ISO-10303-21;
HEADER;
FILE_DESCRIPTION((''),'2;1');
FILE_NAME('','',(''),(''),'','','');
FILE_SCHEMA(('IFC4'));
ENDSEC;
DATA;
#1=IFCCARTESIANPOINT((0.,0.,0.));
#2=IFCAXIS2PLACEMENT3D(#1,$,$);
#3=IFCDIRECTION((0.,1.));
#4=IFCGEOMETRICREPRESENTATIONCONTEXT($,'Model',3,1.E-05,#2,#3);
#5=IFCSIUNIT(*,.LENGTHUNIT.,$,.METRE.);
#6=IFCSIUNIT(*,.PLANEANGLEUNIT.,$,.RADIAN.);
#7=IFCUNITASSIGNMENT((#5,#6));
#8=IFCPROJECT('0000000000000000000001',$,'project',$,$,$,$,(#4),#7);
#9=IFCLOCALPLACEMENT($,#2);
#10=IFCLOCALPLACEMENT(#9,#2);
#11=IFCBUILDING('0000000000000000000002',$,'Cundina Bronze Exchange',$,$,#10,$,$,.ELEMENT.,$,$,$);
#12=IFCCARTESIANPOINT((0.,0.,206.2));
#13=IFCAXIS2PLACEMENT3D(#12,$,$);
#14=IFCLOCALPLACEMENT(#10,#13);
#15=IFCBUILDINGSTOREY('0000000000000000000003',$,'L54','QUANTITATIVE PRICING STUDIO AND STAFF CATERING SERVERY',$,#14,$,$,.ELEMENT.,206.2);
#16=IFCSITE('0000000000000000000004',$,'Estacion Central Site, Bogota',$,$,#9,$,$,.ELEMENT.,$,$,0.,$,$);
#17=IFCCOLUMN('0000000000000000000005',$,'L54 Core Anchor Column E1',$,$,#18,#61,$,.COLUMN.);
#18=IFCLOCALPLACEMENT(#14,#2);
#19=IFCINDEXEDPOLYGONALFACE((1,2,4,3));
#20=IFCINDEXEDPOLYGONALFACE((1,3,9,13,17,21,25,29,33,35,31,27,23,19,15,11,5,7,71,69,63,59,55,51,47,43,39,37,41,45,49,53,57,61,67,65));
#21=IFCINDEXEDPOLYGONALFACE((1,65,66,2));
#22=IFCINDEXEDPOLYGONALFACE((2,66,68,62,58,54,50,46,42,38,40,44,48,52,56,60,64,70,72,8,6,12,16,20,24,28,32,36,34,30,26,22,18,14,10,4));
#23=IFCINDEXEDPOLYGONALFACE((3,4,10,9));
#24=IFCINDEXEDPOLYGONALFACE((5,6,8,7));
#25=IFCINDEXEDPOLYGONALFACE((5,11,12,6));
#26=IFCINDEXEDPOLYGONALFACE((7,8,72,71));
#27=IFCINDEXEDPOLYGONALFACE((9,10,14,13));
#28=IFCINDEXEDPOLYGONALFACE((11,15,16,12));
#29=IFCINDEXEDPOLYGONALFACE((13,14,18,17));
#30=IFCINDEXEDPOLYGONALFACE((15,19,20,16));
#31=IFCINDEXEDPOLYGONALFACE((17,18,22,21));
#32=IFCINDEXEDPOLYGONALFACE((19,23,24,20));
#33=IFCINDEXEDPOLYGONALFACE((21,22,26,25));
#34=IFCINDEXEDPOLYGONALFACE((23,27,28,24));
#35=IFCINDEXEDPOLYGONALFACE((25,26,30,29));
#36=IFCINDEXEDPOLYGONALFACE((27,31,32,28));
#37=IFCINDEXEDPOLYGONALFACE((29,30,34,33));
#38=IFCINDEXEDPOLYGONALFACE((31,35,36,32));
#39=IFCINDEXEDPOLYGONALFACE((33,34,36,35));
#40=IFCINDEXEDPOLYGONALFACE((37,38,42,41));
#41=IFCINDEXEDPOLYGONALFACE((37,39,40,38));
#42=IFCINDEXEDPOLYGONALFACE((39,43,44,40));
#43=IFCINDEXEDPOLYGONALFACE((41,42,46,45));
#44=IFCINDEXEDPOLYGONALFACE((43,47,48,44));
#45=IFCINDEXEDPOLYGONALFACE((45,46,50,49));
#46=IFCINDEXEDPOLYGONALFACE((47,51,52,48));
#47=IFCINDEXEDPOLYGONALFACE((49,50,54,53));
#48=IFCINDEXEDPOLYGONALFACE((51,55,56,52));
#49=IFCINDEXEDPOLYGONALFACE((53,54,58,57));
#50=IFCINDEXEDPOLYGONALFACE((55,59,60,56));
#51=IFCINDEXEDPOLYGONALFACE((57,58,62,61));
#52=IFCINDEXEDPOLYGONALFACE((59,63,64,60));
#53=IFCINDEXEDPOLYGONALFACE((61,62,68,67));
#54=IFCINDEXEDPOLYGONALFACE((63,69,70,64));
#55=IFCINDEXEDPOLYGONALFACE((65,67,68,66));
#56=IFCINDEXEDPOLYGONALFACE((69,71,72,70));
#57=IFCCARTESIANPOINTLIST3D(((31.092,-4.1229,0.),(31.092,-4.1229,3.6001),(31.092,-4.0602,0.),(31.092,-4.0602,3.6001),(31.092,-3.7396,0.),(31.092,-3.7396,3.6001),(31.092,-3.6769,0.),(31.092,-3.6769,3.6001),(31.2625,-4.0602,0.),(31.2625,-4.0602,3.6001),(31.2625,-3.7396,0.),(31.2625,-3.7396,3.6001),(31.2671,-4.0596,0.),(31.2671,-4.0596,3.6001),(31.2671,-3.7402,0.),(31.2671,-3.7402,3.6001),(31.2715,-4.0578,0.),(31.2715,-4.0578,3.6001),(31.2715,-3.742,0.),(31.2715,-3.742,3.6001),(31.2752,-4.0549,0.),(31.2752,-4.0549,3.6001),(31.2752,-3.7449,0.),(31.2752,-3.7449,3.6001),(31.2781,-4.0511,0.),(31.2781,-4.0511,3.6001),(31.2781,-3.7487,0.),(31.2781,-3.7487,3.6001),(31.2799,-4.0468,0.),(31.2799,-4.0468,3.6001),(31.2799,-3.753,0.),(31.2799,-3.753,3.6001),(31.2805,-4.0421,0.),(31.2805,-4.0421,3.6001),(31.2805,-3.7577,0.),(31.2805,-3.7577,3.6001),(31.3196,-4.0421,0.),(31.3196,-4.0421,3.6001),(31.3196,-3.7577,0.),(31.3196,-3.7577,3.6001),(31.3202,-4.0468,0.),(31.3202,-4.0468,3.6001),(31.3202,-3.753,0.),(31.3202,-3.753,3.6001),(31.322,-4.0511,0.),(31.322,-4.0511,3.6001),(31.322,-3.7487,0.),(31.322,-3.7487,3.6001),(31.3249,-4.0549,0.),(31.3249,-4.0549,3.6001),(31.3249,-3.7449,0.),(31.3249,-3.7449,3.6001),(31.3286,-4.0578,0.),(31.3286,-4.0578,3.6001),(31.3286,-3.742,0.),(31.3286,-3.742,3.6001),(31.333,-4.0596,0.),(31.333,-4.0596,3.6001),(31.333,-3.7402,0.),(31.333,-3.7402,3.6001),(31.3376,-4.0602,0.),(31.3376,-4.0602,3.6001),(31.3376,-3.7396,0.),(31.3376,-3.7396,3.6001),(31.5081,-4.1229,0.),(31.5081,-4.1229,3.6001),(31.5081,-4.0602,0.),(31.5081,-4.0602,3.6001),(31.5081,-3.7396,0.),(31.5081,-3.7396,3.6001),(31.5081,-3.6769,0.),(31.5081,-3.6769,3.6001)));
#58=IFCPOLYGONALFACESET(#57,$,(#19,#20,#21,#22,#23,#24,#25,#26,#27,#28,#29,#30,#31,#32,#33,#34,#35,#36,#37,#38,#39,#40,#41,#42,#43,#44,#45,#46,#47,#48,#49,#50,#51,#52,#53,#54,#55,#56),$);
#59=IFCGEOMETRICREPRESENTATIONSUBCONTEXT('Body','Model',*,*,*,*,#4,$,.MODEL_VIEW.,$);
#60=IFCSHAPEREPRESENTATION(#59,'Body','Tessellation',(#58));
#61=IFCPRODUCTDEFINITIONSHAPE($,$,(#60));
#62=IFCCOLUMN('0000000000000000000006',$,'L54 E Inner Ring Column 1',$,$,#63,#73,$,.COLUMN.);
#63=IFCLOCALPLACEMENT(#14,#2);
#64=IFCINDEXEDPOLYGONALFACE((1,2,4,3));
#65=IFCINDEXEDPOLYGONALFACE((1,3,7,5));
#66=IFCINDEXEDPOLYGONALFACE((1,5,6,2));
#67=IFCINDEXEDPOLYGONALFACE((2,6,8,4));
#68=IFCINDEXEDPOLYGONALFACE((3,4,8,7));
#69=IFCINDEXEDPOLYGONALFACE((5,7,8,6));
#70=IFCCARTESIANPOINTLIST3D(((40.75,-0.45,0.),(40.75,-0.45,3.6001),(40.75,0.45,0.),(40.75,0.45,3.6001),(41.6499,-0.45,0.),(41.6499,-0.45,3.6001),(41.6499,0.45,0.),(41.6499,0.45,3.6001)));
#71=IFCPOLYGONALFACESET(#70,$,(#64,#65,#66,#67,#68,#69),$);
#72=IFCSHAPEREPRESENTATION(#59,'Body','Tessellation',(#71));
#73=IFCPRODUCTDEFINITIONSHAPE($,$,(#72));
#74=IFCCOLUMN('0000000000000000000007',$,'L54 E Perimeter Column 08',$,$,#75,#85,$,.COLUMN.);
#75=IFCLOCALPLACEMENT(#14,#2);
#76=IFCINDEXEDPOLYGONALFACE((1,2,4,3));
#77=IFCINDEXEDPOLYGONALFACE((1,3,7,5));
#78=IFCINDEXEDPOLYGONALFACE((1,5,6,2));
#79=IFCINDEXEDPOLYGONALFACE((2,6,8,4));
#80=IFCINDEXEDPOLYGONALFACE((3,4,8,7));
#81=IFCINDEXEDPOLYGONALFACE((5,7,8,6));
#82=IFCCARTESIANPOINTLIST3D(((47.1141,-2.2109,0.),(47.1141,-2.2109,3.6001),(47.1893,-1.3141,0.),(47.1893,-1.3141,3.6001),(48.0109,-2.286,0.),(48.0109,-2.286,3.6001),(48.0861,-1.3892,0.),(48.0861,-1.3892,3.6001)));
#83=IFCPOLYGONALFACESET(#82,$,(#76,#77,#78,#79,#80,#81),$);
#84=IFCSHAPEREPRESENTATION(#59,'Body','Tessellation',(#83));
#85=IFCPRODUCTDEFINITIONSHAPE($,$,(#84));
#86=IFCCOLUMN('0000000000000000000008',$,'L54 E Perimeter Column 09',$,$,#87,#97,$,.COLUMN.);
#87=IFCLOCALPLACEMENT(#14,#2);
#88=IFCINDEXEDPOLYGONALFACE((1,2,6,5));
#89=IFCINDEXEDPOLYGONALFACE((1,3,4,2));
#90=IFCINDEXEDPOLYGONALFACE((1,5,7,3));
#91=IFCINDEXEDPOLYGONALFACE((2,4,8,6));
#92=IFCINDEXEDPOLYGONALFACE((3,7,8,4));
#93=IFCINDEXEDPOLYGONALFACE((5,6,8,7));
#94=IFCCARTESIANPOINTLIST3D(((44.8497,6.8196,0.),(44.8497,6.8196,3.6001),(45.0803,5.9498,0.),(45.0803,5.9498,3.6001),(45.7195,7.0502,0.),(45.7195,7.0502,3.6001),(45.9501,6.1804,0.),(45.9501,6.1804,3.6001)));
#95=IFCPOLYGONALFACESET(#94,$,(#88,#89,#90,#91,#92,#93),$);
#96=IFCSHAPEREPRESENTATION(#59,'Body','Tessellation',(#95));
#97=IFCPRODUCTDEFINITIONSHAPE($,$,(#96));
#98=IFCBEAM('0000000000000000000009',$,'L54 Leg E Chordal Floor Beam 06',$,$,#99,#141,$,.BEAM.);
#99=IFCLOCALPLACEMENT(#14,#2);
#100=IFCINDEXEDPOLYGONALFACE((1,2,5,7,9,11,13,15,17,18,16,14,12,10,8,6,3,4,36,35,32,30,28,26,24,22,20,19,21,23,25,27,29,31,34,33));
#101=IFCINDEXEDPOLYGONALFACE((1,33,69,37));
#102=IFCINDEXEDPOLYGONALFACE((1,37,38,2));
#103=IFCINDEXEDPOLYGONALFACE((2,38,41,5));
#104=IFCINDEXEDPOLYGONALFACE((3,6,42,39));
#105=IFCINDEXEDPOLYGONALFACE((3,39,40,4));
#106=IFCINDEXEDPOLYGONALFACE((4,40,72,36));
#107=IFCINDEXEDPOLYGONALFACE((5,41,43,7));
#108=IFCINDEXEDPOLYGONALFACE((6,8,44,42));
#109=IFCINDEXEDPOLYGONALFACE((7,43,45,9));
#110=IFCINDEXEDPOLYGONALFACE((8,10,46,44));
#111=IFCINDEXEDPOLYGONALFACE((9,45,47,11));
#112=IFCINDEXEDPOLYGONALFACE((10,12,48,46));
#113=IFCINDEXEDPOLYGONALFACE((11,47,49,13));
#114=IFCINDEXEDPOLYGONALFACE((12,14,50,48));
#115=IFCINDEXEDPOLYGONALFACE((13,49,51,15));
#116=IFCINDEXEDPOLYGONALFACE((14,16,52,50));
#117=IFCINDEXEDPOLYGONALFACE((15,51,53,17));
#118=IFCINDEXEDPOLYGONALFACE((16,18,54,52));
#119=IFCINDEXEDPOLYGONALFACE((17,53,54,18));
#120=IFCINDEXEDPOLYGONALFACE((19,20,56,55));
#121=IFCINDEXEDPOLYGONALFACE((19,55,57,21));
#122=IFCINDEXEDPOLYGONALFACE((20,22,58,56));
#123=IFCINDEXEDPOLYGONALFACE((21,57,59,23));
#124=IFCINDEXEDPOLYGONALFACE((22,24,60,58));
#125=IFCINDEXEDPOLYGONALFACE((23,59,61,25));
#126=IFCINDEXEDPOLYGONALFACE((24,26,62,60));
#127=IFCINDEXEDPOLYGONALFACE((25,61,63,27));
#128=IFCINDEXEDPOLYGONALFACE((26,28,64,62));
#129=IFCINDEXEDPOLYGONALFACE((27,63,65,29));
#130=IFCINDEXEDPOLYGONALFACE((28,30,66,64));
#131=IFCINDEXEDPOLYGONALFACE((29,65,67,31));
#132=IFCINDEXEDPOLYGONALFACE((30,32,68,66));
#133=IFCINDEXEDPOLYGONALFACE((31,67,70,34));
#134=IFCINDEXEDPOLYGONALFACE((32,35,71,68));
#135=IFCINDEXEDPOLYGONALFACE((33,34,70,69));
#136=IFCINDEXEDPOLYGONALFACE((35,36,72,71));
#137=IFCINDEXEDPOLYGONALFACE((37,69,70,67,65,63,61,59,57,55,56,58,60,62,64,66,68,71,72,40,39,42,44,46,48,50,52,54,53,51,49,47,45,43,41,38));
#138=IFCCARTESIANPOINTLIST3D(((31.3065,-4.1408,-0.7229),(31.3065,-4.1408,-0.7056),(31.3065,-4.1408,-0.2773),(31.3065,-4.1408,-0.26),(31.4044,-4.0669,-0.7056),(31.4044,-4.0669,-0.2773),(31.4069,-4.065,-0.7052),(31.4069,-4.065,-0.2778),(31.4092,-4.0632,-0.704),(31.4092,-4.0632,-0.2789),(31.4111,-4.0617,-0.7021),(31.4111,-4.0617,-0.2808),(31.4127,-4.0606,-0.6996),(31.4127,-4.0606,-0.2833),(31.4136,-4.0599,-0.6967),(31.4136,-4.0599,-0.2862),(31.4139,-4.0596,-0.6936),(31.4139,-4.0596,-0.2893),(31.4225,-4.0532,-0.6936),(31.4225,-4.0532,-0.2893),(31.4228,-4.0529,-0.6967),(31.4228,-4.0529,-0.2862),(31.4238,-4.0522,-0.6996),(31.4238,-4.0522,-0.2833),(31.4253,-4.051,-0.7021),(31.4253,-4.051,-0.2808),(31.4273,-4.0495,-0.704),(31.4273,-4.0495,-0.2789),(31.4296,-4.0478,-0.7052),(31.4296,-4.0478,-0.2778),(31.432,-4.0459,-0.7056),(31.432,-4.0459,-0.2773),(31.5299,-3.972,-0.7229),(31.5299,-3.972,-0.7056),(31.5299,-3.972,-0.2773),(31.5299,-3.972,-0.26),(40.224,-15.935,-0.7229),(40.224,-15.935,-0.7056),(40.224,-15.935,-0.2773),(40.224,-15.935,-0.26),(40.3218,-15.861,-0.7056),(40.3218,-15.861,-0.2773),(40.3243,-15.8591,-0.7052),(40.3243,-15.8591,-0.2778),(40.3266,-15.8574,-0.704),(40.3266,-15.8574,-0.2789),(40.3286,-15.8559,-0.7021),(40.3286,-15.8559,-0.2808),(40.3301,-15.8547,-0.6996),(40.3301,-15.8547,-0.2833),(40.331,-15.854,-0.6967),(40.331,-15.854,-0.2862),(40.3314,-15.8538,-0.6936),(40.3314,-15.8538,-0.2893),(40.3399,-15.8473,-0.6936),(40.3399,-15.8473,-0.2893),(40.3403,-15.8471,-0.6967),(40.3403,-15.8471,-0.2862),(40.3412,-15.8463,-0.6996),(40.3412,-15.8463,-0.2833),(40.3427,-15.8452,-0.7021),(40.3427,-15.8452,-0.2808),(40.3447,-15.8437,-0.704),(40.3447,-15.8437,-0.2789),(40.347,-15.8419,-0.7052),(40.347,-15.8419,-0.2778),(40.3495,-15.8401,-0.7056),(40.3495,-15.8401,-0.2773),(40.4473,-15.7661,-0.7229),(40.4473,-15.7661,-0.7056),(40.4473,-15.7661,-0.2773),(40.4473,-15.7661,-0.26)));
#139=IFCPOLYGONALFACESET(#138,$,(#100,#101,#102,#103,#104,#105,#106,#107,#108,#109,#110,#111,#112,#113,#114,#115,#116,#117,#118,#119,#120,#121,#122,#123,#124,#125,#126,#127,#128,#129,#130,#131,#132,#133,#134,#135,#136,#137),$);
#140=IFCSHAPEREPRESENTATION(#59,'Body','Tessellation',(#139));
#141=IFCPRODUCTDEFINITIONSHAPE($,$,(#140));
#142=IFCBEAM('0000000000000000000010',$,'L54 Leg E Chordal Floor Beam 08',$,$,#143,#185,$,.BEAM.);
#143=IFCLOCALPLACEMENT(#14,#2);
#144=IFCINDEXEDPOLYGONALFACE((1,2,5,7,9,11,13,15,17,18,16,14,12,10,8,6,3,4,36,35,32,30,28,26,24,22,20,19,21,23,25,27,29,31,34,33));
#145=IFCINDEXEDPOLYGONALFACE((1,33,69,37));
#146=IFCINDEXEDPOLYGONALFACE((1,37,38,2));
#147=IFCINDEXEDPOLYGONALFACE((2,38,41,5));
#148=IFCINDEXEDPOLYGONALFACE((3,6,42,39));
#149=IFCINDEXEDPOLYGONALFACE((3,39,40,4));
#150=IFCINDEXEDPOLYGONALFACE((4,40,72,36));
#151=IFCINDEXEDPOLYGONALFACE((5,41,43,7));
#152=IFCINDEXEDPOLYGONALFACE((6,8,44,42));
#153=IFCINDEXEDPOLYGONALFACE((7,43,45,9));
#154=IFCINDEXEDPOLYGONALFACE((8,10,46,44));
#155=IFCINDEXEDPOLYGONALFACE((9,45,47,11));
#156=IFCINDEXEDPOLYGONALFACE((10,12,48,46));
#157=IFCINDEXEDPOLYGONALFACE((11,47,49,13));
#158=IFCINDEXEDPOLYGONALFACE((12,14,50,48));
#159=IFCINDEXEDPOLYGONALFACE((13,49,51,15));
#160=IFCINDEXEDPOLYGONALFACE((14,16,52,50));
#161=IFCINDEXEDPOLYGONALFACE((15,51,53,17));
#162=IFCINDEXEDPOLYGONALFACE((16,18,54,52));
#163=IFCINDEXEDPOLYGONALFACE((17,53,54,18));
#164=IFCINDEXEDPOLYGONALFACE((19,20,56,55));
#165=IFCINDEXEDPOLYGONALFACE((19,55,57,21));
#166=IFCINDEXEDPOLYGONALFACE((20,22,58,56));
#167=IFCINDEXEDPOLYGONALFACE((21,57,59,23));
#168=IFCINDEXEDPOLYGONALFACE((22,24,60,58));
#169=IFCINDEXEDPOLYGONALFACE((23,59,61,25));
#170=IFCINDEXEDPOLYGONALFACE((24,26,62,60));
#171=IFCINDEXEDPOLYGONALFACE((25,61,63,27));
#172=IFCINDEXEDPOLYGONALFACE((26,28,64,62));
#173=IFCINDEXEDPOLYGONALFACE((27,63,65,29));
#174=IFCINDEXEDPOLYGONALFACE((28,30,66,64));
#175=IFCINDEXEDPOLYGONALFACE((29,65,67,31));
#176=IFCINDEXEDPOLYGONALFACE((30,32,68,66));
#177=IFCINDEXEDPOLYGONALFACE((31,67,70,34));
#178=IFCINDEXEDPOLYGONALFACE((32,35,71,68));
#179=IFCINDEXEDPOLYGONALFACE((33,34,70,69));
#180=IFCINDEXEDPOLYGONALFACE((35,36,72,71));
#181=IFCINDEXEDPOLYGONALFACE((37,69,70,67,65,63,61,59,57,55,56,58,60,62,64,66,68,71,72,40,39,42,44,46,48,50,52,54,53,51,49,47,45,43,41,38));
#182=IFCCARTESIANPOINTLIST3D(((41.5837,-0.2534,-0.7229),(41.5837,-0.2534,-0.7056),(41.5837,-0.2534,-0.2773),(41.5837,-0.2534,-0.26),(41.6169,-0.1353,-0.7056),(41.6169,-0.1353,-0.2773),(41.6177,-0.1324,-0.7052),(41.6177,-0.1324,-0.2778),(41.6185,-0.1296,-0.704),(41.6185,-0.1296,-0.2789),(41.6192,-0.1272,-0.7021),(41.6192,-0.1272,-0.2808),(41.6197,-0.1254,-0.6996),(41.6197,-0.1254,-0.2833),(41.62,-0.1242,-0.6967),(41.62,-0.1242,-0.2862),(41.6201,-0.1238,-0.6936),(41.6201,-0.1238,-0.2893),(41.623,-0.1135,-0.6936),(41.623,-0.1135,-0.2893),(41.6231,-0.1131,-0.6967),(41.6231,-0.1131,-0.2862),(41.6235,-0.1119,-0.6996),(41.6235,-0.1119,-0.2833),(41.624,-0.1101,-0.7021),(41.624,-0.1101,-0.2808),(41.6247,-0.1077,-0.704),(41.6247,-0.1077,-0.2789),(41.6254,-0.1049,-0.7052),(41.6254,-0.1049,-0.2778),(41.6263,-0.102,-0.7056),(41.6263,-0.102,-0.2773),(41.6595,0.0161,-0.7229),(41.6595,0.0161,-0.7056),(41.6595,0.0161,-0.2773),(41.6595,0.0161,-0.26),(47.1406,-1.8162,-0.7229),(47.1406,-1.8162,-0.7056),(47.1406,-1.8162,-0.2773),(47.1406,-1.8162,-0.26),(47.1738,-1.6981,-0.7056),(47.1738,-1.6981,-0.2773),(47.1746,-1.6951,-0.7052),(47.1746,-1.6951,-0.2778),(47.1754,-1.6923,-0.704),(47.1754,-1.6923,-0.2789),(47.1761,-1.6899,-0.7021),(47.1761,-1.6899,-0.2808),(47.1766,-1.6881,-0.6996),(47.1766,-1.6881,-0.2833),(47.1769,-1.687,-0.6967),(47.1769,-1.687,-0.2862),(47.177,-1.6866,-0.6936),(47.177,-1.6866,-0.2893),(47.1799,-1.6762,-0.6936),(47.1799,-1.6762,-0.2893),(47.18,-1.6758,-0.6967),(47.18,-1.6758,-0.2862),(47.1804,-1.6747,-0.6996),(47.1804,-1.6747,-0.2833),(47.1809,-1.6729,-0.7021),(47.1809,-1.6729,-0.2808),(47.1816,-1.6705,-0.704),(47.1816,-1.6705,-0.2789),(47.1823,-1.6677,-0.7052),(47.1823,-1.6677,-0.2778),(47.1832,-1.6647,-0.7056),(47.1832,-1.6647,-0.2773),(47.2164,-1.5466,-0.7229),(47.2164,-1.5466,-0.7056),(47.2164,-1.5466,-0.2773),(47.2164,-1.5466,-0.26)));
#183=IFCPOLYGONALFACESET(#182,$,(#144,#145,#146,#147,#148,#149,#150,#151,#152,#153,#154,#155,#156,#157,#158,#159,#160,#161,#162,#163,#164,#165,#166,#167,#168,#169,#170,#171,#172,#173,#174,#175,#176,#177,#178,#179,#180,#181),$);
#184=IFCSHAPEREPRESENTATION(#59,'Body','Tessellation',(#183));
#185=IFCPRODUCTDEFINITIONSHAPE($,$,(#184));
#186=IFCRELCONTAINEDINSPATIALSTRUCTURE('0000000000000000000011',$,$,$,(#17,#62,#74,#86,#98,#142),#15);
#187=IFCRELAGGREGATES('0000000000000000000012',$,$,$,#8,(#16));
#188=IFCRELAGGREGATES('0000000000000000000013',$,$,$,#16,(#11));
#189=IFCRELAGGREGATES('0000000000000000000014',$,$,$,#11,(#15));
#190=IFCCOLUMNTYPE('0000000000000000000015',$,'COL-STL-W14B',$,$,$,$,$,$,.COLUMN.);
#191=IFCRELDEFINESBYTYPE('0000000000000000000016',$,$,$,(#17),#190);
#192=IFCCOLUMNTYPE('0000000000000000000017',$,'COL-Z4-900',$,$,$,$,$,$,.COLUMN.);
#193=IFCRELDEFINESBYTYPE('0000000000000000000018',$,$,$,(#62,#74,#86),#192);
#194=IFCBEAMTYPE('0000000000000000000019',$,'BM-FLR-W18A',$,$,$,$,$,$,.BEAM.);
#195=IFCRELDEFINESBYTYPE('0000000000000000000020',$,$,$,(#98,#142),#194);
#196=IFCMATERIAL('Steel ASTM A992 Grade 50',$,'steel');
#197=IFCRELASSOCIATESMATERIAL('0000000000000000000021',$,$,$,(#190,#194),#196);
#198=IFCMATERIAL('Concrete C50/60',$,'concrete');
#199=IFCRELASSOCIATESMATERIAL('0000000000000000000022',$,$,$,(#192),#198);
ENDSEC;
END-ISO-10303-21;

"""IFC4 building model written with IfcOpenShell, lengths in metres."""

from ifc_helpers import new_model, si_unit, direction, frame, origin, origin_2d, place, context, subcontext, project, spatial, rectangle, i_section, extrude, material, material_profile, profile_set, type_object, element, save


model = new_model("IFC4")

# Units and contexts
model_context = context("Model", 3, precision=1e-05, world=origin(), true_north=direction((0.0, 1.0)))
body_context = subcontext(model_context, "Body", "Model", "MODEL_VIEW")
ifc_project = project(units=[si_unit("LENGTHUNIT", "METRE"), si_unit("PLANEANGLEUNIT", "RADIAN")], contexts=[model_context])

# Site, building, storey
site_placement = place(None, origin())
site = spatial("IfcSite", under=ifc_project, at=site_placement, Name="Estacion Central Site, Bogota", CompositionType="ELEMENT", RefElevation=0.0)
building_placement = place(site_placement, origin())
building = spatial("IfcBuilding", under=site, at=building_placement, Name="Cundina Bronze Exchange", CompositionType="ELEMENT")
storey_placement = place(building_placement, frame((0.0, 0.0, 206.2)))
storey = spatial("IfcBuildingStorey", under=building, at=storey_placement, Name="L54", Description="QUANTITATIVE PRICING STUDIO AND STAFF CATERING SERVERY", CompositionType="ELEMENT", Elevation=206.2)

# Columns
ifc_material_1 = material(Name="Steel ASTM A992 Grade 50", Category="steel")
ifc_material_profile_1 = material_profile(ifc_material_1, i_section(OverallWidth=0.416, OverallDepth=0.446, WebThickness=0.0391, FlangeThickness=0.0627, FilletRadius=0.0181, at=origin_2d()), Name="W14X342", Category="steel")
ifc_profile_set_1 = profile_set([ifc_material_profile_1], Name="Steel ASTM A992 Grade 50")
column_type_1 = type_object("IfcColumnType", Name="COL-STL-W14B", PredefinedType="COLUMN", material=ifc_profile_set_1)
column_placement = place(storey_placement, frame((31.3, -3.8999, 0.0), z_axis=(0.0, 0.0, 1.0), x_axis=(1.0, 0.0, 0.0)))
element("IfcColumn", 1, at=column_placement, inside=storey, type_object=column_type_1, Name="L54 Core Anchor Column E1", PredefinedType="COLUMN", context=body_context, shape_type="SweptSolid", body=[
    extrude(i_section(OverallWidth=0.416, OverallDepth=0.446, WebThickness=0.0391, FlangeThickness=0.0627, FilletRadius=0.0181, at=origin_2d()), origin(), (0.0, 0.0, 1.0), 3.6001),
])
ifc_material_2 = material(Name="Concrete C50/60", Category="concrete")
ifc_material_profile_2 = material_profile(ifc_material_2, rectangle(XDim=0.8999, YDim=0.8999, at=origin_2d()), Name="RC900X900", Category="concrete")
ifc_profile_set_2 = profile_set([ifc_material_profile_2], Name="Concrete C50/60")
column_type_2 = type_object("IfcColumnType", Name="COL-Z4-900", PredefinedType="COLUMN", material=ifc_profile_set_2)
for number, where, z_axis, x_axis, name in (
    (2, (41.2, 0.0, 0.0), (0.0, 0.0, 1.0), (1.0, 0.0, 0.0), "L54 E Inner Ring Column 1"),
    (3, (47.6001, -1.8, 0.0), (0.0, 0.0, 1.0), (0.083504, 0.996507, 0.0), "L54 E Perimeter Column 08"),
    (4, (45.3999, 6.5, 0.0), (0.0, 0.0, 1.0), (-0.256289, 0.9666, 0.0), "L54 E Perimeter Column 09"),
):
    element("IfcColumn", number, at=place(storey_placement, frame(where, z_axis=z_axis, x_axis=x_axis)), inside=storey, type_object=column_type_2, Name=name, PredefinedType="COLUMN", context=body_context, shape_type="SweptSolid", body=[
        extrude(rectangle(XDim=0.8999, YDim=0.8999, at=origin_2d()), origin(), (0.0, 0.0, 1.0), 3.6001),
    ])

# Beams
ifc_material_profile_3 = material_profile(ifc_material_1, i_section(OverallWidth=0.28, OverallDepth=0.4629, WebThickness=0.0107, FlangeThickness=0.0173, FilletRadius=0.012, at=origin_2d()), Name="W18X76", Category="steel")
ifc_profile_set_3 = profile_set([ifc_material_profile_3], Name="Steel ASTM A992 Grade 50")
beam_type_1 = type_object("IfcBeamType", Name="BM-FLR-W18A", PredefinedType="BEAM", material=ifc_profile_set_3)
beam_1_placement = place(storey_placement, frame((31.4182, -4.0564, -0.4915), z_axis=(0.603105, -0.797662, 0.0), x_axis=(0.797662, 0.603105, 0.0)))
element("IfcBeam", 5, at=beam_1_placement, inside=storey, type_object=beam_type_1, Name="L54 Leg E Chordal Floor Beam 06", PredefinedType="BEAM", context=body_context, shape_type="SweptSolid", body=[
    extrude(i_section(OverallWidth=0.28, OverallDepth=0.4629, WebThickness=0.0107, FlangeThickness=0.0173, FilletRadius=0.012, at=origin_2d()), origin(), (0.0, 0.0, 1.0), 14.7859),
])
beam_2_placement = place(storey_placement, frame((41.6216, -0.1187, -0.4915), z_axis=(0.962657, -0.270725, 0.0), x_axis=(0.270725, 0.962657, 0.0)))
element("IfcBeam", 6, at=beam_2_placement, inside=storey, type_object=beam_type_1, Name="L54 Leg E Chordal Floor Beam 08", PredefinedType="BEAM", context=body_context, shape_type="SweptSolid", body=[
    extrude(i_section(OverallWidth=0.28, OverallDepth=0.4629, WebThickness=0.0107, FlangeThickness=0.0173, FilletRadius=0.012, at=origin_2d()), origin(), (0.0, 0.0, 1.0), 5.7725),
])

save(model, "model.ifc")
